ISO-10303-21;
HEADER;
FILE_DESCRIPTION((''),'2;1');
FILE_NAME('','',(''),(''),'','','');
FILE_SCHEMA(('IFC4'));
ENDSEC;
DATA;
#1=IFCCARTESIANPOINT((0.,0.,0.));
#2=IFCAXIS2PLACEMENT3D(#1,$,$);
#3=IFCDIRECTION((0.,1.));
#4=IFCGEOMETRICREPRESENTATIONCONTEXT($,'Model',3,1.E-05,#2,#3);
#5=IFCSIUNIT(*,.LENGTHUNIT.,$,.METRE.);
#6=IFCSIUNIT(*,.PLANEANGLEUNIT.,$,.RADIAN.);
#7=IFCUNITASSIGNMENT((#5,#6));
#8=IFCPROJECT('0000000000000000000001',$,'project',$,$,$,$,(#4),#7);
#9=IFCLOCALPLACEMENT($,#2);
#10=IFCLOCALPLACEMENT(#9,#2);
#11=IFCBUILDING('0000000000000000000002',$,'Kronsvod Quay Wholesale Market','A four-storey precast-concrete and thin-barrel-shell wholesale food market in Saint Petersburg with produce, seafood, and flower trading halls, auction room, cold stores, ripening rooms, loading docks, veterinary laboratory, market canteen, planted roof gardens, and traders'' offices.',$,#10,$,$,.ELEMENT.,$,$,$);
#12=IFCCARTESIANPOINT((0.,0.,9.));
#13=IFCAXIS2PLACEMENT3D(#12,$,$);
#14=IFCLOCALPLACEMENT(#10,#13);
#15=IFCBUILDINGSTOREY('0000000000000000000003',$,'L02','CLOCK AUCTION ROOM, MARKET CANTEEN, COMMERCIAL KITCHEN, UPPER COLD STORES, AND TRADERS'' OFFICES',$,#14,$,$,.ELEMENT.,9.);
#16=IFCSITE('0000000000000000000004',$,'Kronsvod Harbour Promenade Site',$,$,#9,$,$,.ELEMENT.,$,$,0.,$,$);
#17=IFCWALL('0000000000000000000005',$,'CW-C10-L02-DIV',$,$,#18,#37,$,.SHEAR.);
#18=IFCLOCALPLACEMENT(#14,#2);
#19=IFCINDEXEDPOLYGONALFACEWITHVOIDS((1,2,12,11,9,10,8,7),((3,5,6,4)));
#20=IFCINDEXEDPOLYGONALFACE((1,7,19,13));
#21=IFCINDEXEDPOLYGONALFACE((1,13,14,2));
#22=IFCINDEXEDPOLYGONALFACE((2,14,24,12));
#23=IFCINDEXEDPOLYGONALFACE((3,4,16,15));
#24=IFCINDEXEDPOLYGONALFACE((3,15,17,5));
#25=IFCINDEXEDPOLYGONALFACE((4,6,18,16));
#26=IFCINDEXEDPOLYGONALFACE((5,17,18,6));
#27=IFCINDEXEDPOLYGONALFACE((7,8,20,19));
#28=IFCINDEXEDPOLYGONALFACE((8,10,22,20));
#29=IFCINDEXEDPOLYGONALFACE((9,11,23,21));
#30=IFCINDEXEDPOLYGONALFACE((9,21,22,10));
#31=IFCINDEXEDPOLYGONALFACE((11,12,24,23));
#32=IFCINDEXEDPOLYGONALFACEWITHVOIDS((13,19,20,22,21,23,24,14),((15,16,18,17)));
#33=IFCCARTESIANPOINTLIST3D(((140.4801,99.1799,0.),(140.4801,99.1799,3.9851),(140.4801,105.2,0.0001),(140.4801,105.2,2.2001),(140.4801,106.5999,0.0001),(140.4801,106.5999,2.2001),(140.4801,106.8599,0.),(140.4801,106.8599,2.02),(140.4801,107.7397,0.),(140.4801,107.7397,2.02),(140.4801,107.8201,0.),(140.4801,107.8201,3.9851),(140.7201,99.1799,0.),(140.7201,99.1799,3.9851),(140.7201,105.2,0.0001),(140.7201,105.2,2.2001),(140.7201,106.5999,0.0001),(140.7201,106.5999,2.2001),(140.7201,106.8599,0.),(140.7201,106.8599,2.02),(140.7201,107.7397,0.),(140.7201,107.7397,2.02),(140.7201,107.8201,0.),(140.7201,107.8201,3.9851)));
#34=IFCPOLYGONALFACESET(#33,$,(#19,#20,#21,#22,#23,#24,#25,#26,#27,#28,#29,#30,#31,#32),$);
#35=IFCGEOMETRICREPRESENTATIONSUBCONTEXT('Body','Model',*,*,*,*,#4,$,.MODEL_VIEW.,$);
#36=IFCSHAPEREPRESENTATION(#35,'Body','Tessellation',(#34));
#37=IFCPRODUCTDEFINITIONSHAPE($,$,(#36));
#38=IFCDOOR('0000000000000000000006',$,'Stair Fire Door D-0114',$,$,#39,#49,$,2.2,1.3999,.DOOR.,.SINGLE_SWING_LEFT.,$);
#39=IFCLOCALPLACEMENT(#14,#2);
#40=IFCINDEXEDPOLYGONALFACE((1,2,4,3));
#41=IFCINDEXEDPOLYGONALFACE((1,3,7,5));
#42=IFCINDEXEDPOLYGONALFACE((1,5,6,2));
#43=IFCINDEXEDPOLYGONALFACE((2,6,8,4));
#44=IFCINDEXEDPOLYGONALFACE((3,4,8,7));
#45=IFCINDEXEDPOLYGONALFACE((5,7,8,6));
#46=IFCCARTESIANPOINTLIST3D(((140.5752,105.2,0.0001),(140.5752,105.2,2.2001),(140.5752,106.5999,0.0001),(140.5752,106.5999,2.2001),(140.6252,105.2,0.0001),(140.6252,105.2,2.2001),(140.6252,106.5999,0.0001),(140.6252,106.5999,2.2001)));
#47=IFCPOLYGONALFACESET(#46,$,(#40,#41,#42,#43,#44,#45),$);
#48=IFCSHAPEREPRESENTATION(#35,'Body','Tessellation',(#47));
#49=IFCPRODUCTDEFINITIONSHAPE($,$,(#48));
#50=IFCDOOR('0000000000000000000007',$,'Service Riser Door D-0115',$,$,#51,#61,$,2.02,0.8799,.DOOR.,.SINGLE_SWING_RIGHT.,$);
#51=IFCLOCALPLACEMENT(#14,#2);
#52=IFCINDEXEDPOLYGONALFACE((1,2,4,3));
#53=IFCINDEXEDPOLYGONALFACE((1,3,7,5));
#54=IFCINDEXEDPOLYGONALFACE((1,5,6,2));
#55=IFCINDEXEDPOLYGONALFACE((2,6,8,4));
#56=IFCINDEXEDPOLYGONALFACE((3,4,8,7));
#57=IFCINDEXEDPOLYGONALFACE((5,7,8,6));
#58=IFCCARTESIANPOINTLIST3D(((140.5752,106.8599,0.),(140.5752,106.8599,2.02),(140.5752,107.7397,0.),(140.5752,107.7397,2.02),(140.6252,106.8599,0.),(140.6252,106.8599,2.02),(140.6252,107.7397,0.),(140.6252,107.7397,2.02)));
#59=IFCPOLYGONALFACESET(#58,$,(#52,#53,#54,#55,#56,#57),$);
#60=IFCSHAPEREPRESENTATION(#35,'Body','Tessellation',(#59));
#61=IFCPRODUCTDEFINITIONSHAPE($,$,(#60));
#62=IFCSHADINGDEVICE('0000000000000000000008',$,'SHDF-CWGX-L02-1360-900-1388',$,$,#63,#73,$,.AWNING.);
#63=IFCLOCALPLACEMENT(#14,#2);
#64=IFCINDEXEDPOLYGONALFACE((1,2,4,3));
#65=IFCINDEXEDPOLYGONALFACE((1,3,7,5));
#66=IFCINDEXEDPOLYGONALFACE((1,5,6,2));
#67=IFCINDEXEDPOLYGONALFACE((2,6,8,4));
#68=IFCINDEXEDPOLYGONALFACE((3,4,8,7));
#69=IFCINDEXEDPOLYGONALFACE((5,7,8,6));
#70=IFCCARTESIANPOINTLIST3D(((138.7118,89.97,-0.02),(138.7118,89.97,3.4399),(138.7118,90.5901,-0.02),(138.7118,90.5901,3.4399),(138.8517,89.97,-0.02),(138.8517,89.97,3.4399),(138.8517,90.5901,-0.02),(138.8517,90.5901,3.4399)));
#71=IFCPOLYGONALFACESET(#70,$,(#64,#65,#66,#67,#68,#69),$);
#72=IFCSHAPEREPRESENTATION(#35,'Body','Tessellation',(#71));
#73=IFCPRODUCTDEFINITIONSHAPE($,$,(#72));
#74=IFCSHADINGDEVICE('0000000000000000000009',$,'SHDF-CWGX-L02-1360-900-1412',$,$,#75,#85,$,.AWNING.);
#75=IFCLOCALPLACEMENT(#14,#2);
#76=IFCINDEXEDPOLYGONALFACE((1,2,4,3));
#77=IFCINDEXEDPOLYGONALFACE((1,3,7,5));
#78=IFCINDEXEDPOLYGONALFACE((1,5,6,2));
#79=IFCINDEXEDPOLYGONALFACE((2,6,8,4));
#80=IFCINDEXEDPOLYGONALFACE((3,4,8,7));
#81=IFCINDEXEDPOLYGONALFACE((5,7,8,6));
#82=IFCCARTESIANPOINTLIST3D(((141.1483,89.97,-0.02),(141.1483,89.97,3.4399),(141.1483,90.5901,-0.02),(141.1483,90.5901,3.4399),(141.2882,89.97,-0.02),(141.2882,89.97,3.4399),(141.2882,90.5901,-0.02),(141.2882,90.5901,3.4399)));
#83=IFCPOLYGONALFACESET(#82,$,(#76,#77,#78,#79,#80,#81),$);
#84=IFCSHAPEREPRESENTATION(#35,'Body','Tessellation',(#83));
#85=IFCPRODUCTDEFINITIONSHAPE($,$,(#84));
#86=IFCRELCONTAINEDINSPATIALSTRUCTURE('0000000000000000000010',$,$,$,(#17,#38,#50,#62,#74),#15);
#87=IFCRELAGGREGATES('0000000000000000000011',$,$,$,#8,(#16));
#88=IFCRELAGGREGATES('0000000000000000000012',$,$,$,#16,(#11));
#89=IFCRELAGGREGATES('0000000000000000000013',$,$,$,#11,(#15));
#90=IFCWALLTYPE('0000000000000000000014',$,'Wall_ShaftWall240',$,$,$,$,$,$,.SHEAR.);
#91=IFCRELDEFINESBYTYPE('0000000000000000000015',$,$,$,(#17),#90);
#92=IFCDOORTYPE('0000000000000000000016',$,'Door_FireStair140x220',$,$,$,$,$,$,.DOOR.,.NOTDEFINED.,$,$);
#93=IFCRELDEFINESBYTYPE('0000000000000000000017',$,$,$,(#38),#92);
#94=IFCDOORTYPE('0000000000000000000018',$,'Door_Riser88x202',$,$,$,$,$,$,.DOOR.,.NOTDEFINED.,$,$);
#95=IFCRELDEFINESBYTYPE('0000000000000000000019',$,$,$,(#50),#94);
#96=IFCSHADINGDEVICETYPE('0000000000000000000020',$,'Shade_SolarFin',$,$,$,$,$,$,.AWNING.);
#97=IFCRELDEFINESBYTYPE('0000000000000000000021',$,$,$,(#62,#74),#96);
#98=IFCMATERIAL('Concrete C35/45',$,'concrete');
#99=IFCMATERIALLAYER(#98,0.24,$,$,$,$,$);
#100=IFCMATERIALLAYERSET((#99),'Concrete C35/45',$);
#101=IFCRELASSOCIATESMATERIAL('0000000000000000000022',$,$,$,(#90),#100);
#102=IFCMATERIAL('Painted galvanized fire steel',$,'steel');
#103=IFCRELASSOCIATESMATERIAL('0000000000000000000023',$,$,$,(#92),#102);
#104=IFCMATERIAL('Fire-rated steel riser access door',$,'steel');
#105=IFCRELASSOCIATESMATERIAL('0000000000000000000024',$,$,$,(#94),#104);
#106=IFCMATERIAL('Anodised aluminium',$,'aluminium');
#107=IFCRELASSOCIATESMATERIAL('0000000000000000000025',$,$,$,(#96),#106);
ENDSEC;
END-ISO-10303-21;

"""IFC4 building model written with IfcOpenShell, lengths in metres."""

from ifc_helpers import new_model, si_unit, direction, frame, frame_2d, origin, origin_2d, place, context, subcontext, project, spatial, rectangle, extrude, material, layer, layer_set, type_object, element, fill, save


model = new_model("IFC4")

# Units and contexts
model_context = context("Model", 3, precision=1e-05, world=origin(), true_north=direction((0.0, 1.0)))
body_context = subcontext(model_context, "Body", "Model", "MODEL_VIEW")
ifc_project = project(units=[si_unit("LENGTHUNIT", "METRE"), si_unit("PLANEANGLEUNIT", "RADIAN")], contexts=[model_context])

# Site, building, storey
site_placement = place(None, origin())
site = spatial("IfcSite", under=ifc_project, at=site_placement, Name="Kronsvod Harbour Promenade Site", CompositionType="ELEMENT", RefElevation=0.0)
building_placement = place(site_placement, origin())
building = spatial("IfcBuilding", under=site, at=building_placement, Name="Kronsvod Quay Wholesale Market", Description="A four-storey precast-concrete and thin-barrel-shell wholesale food market in Saint Petersburg with produce, seafood, and flower trading halls, auction room, cold stores, ripening rooms, loading docks, veterinary laboratory, market canteen, planted roof gardens, and traders' offices.", CompositionType="ELEMENT")
storey_placement = place(building_placement, frame((0.0, 0.0, 9.0)))
storey = spatial("IfcBuildingStorey", under=building, at=storey_placement, Name="L02", Description="CLOCK AUCTION ROOM, MARKET CANTEEN, COMMERCIAL KITCHEN, UPPER COLD STORES, AND TRADERS' OFFICES", CompositionType="ELEMENT", Elevation=9.0)

# Wall, openings, doors
ifc_material_1 = material(Name="Concrete C35/45", Category="concrete")
ifc_layer_1 = layer(ifc_material_1, 0.24)
ifc_layer_set_1 = layer_set([ifc_layer_1], Name="Concrete C35/45")
wall_type_1 = type_object("IfcWallType", Name="Wall_ShaftWall240", PredefinedType="SHEAR", material=ifc_layer_set_1)
wall_1_placement = place(storey_placement, frame((140.6001, 99.1799, 0.0), z_axis=(0.0, 0.0, 1.0), x_axis=(0.0, 1.0, 0.0)))
wall_1 = element("IfcWall", 1, at=wall_1_placement, inside=storey, type_object=wall_type_1, Name="CW-C10-L02-DIV", PredefinedType="SHEAR", context=body_context, shape_type="SweptSolid", body=[
    extrude(rectangle(XDim=8.6401, YDim=0.24, at=frame_2d((4.3201, 0.0))), origin(), (0.0, 0.0, 1.0), 3.9851),
])
opening_1_placement = place(wall_1_placement, frame((6.02, 0.0, 0.0)))
opening_1 = element("IfcOpeningElement", 2, at=opening_1_placement, cuts=wall_1, PredefinedType="OPENING", context=body_context, shape_type="SweptSolid", body=[
    extrude(rectangle(XDim=1.3999, YDim=2.2, at=frame_2d((0.7, 1.1001))), frame((0.0, 0.1299, 0.0), z_axis=(0.0, -1.0, 0.0), x_axis=(1.0, 0.0, 0.0)), (0.0, 0.0, 1.0), 0.26),
])
opening_2_placement = place(wall_1_placement, frame((7.6799, 0.0, 0.0)))
opening_2 = element("IfcOpeningElement", 3, at=opening_2_placement, cuts=wall_1, PredefinedType="OPENING", context=body_context, shape_type="SweptSolid", body=[
    extrude(rectangle(XDim=0.8799, YDim=2.02, at=frame_2d((0.4399, 1.01))), frame((0.0, 0.1299, 0.0), z_axis=(0.0, -1.0, 0.0), x_axis=(1.0, 0.0, 0.0)), (0.0, 0.0, 1.0), 0.26),
])
ifc_material_2 = material(Name="Painted galvanized fire steel", Category="steel")
door_type_1 = type_object("IfcDoorType", Name="Door_FireStair140x220", OperationType="NOTDEFINED", PredefinedType="DOOR", material=ifc_material_2)
door_1_placement = place(opening_1_placement, origin())
door_1 = element("IfcDoor", 4, at=door_1_placement, inside=storey, type_object=door_type_1, Name="Stair Fire Door D-0114", OperationType="SINGLE_SWING_LEFT", OverallHeight=2.2, OverallWidth=1.3999, PredefinedType="DOOR", context=body_context, shape_type="SweptSolid", body=[
    extrude(rectangle(XDim=1.3999, YDim=2.2, at=frame_2d((0.7, 1.1001))), frame((0.0, 0.0249, 0.0), z_axis=(0.0, -1.0, 0.0), x_axis=(1.0, 0.0, 0.0)), (0.0, 0.0, 1.0), 0.05),
])
fill(opening_1, door_1)
ifc_material_3 = material(Name="Fire-rated steel riser access door", Category="steel")
door_type_2 = type_object("IfcDoorType", Name="Door_Riser88x202", OperationType="NOTDEFINED", PredefinedType="DOOR", material=ifc_material_3)
door_2_placement = place(opening_2_placement, origin())
door_2 = element("IfcDoor", 5, at=door_2_placement, inside=storey, type_object=door_type_2, Name="Service Riser Door D-0115", OperationType="SINGLE_SWING_RIGHT", OverallHeight=2.02, OverallWidth=0.8799, PredefinedType="DOOR", context=body_context, shape_type="SweptSolid", body=[
    extrude(rectangle(XDim=0.8799, YDim=2.02, at=frame_2d((0.4399, 1.01))), frame((0.0, 0.0249, 0.0), z_axis=(0.0, -1.0, 0.0), x_axis=(1.0, 0.0, 0.0)), (0.0, 0.0, 1.0), 0.05),
])
fill(opening_2, door_2)

# Shading devices
ifc_material_4 = material(Name="Anodised aluminium", Category="aluminium")
shading_device_type = type_object("IfcShadingDeviceType", Name="Shade_SolarFin", PredefinedType="AWNING", material=ifc_material_4)
for number, where, z_axis, x_axis, name in (
    (6, (138.7817, 90.28, -0.02), (0.0, 0.0, 1.0), (1.0, 0.0, 0.0), "SHDF-CWGX-L02-1360-900-1388"),
    (7, (141.2183, 90.28, -0.02), (0.0, 0.0, 1.0), (1.0, 0.0, 0.0), "SHDF-CWGX-L02-1360-900-1412"),
):
    element("IfcShadingDevice", number, at=place(storey_placement, frame(where, z_axis=z_axis, x_axis=x_axis)), inside=storey, type_object=shading_device_type, Name=name, PredefinedType="AWNING", context=body_context, shape_type="SweptSolid", body=[
        extrude(rectangle(XDim=0.1399, YDim=0.6201, at=origin_2d()), origin(), (0.0, 0.0, 1.0), 3.46),
    ])

save(model, "model.ifc")
